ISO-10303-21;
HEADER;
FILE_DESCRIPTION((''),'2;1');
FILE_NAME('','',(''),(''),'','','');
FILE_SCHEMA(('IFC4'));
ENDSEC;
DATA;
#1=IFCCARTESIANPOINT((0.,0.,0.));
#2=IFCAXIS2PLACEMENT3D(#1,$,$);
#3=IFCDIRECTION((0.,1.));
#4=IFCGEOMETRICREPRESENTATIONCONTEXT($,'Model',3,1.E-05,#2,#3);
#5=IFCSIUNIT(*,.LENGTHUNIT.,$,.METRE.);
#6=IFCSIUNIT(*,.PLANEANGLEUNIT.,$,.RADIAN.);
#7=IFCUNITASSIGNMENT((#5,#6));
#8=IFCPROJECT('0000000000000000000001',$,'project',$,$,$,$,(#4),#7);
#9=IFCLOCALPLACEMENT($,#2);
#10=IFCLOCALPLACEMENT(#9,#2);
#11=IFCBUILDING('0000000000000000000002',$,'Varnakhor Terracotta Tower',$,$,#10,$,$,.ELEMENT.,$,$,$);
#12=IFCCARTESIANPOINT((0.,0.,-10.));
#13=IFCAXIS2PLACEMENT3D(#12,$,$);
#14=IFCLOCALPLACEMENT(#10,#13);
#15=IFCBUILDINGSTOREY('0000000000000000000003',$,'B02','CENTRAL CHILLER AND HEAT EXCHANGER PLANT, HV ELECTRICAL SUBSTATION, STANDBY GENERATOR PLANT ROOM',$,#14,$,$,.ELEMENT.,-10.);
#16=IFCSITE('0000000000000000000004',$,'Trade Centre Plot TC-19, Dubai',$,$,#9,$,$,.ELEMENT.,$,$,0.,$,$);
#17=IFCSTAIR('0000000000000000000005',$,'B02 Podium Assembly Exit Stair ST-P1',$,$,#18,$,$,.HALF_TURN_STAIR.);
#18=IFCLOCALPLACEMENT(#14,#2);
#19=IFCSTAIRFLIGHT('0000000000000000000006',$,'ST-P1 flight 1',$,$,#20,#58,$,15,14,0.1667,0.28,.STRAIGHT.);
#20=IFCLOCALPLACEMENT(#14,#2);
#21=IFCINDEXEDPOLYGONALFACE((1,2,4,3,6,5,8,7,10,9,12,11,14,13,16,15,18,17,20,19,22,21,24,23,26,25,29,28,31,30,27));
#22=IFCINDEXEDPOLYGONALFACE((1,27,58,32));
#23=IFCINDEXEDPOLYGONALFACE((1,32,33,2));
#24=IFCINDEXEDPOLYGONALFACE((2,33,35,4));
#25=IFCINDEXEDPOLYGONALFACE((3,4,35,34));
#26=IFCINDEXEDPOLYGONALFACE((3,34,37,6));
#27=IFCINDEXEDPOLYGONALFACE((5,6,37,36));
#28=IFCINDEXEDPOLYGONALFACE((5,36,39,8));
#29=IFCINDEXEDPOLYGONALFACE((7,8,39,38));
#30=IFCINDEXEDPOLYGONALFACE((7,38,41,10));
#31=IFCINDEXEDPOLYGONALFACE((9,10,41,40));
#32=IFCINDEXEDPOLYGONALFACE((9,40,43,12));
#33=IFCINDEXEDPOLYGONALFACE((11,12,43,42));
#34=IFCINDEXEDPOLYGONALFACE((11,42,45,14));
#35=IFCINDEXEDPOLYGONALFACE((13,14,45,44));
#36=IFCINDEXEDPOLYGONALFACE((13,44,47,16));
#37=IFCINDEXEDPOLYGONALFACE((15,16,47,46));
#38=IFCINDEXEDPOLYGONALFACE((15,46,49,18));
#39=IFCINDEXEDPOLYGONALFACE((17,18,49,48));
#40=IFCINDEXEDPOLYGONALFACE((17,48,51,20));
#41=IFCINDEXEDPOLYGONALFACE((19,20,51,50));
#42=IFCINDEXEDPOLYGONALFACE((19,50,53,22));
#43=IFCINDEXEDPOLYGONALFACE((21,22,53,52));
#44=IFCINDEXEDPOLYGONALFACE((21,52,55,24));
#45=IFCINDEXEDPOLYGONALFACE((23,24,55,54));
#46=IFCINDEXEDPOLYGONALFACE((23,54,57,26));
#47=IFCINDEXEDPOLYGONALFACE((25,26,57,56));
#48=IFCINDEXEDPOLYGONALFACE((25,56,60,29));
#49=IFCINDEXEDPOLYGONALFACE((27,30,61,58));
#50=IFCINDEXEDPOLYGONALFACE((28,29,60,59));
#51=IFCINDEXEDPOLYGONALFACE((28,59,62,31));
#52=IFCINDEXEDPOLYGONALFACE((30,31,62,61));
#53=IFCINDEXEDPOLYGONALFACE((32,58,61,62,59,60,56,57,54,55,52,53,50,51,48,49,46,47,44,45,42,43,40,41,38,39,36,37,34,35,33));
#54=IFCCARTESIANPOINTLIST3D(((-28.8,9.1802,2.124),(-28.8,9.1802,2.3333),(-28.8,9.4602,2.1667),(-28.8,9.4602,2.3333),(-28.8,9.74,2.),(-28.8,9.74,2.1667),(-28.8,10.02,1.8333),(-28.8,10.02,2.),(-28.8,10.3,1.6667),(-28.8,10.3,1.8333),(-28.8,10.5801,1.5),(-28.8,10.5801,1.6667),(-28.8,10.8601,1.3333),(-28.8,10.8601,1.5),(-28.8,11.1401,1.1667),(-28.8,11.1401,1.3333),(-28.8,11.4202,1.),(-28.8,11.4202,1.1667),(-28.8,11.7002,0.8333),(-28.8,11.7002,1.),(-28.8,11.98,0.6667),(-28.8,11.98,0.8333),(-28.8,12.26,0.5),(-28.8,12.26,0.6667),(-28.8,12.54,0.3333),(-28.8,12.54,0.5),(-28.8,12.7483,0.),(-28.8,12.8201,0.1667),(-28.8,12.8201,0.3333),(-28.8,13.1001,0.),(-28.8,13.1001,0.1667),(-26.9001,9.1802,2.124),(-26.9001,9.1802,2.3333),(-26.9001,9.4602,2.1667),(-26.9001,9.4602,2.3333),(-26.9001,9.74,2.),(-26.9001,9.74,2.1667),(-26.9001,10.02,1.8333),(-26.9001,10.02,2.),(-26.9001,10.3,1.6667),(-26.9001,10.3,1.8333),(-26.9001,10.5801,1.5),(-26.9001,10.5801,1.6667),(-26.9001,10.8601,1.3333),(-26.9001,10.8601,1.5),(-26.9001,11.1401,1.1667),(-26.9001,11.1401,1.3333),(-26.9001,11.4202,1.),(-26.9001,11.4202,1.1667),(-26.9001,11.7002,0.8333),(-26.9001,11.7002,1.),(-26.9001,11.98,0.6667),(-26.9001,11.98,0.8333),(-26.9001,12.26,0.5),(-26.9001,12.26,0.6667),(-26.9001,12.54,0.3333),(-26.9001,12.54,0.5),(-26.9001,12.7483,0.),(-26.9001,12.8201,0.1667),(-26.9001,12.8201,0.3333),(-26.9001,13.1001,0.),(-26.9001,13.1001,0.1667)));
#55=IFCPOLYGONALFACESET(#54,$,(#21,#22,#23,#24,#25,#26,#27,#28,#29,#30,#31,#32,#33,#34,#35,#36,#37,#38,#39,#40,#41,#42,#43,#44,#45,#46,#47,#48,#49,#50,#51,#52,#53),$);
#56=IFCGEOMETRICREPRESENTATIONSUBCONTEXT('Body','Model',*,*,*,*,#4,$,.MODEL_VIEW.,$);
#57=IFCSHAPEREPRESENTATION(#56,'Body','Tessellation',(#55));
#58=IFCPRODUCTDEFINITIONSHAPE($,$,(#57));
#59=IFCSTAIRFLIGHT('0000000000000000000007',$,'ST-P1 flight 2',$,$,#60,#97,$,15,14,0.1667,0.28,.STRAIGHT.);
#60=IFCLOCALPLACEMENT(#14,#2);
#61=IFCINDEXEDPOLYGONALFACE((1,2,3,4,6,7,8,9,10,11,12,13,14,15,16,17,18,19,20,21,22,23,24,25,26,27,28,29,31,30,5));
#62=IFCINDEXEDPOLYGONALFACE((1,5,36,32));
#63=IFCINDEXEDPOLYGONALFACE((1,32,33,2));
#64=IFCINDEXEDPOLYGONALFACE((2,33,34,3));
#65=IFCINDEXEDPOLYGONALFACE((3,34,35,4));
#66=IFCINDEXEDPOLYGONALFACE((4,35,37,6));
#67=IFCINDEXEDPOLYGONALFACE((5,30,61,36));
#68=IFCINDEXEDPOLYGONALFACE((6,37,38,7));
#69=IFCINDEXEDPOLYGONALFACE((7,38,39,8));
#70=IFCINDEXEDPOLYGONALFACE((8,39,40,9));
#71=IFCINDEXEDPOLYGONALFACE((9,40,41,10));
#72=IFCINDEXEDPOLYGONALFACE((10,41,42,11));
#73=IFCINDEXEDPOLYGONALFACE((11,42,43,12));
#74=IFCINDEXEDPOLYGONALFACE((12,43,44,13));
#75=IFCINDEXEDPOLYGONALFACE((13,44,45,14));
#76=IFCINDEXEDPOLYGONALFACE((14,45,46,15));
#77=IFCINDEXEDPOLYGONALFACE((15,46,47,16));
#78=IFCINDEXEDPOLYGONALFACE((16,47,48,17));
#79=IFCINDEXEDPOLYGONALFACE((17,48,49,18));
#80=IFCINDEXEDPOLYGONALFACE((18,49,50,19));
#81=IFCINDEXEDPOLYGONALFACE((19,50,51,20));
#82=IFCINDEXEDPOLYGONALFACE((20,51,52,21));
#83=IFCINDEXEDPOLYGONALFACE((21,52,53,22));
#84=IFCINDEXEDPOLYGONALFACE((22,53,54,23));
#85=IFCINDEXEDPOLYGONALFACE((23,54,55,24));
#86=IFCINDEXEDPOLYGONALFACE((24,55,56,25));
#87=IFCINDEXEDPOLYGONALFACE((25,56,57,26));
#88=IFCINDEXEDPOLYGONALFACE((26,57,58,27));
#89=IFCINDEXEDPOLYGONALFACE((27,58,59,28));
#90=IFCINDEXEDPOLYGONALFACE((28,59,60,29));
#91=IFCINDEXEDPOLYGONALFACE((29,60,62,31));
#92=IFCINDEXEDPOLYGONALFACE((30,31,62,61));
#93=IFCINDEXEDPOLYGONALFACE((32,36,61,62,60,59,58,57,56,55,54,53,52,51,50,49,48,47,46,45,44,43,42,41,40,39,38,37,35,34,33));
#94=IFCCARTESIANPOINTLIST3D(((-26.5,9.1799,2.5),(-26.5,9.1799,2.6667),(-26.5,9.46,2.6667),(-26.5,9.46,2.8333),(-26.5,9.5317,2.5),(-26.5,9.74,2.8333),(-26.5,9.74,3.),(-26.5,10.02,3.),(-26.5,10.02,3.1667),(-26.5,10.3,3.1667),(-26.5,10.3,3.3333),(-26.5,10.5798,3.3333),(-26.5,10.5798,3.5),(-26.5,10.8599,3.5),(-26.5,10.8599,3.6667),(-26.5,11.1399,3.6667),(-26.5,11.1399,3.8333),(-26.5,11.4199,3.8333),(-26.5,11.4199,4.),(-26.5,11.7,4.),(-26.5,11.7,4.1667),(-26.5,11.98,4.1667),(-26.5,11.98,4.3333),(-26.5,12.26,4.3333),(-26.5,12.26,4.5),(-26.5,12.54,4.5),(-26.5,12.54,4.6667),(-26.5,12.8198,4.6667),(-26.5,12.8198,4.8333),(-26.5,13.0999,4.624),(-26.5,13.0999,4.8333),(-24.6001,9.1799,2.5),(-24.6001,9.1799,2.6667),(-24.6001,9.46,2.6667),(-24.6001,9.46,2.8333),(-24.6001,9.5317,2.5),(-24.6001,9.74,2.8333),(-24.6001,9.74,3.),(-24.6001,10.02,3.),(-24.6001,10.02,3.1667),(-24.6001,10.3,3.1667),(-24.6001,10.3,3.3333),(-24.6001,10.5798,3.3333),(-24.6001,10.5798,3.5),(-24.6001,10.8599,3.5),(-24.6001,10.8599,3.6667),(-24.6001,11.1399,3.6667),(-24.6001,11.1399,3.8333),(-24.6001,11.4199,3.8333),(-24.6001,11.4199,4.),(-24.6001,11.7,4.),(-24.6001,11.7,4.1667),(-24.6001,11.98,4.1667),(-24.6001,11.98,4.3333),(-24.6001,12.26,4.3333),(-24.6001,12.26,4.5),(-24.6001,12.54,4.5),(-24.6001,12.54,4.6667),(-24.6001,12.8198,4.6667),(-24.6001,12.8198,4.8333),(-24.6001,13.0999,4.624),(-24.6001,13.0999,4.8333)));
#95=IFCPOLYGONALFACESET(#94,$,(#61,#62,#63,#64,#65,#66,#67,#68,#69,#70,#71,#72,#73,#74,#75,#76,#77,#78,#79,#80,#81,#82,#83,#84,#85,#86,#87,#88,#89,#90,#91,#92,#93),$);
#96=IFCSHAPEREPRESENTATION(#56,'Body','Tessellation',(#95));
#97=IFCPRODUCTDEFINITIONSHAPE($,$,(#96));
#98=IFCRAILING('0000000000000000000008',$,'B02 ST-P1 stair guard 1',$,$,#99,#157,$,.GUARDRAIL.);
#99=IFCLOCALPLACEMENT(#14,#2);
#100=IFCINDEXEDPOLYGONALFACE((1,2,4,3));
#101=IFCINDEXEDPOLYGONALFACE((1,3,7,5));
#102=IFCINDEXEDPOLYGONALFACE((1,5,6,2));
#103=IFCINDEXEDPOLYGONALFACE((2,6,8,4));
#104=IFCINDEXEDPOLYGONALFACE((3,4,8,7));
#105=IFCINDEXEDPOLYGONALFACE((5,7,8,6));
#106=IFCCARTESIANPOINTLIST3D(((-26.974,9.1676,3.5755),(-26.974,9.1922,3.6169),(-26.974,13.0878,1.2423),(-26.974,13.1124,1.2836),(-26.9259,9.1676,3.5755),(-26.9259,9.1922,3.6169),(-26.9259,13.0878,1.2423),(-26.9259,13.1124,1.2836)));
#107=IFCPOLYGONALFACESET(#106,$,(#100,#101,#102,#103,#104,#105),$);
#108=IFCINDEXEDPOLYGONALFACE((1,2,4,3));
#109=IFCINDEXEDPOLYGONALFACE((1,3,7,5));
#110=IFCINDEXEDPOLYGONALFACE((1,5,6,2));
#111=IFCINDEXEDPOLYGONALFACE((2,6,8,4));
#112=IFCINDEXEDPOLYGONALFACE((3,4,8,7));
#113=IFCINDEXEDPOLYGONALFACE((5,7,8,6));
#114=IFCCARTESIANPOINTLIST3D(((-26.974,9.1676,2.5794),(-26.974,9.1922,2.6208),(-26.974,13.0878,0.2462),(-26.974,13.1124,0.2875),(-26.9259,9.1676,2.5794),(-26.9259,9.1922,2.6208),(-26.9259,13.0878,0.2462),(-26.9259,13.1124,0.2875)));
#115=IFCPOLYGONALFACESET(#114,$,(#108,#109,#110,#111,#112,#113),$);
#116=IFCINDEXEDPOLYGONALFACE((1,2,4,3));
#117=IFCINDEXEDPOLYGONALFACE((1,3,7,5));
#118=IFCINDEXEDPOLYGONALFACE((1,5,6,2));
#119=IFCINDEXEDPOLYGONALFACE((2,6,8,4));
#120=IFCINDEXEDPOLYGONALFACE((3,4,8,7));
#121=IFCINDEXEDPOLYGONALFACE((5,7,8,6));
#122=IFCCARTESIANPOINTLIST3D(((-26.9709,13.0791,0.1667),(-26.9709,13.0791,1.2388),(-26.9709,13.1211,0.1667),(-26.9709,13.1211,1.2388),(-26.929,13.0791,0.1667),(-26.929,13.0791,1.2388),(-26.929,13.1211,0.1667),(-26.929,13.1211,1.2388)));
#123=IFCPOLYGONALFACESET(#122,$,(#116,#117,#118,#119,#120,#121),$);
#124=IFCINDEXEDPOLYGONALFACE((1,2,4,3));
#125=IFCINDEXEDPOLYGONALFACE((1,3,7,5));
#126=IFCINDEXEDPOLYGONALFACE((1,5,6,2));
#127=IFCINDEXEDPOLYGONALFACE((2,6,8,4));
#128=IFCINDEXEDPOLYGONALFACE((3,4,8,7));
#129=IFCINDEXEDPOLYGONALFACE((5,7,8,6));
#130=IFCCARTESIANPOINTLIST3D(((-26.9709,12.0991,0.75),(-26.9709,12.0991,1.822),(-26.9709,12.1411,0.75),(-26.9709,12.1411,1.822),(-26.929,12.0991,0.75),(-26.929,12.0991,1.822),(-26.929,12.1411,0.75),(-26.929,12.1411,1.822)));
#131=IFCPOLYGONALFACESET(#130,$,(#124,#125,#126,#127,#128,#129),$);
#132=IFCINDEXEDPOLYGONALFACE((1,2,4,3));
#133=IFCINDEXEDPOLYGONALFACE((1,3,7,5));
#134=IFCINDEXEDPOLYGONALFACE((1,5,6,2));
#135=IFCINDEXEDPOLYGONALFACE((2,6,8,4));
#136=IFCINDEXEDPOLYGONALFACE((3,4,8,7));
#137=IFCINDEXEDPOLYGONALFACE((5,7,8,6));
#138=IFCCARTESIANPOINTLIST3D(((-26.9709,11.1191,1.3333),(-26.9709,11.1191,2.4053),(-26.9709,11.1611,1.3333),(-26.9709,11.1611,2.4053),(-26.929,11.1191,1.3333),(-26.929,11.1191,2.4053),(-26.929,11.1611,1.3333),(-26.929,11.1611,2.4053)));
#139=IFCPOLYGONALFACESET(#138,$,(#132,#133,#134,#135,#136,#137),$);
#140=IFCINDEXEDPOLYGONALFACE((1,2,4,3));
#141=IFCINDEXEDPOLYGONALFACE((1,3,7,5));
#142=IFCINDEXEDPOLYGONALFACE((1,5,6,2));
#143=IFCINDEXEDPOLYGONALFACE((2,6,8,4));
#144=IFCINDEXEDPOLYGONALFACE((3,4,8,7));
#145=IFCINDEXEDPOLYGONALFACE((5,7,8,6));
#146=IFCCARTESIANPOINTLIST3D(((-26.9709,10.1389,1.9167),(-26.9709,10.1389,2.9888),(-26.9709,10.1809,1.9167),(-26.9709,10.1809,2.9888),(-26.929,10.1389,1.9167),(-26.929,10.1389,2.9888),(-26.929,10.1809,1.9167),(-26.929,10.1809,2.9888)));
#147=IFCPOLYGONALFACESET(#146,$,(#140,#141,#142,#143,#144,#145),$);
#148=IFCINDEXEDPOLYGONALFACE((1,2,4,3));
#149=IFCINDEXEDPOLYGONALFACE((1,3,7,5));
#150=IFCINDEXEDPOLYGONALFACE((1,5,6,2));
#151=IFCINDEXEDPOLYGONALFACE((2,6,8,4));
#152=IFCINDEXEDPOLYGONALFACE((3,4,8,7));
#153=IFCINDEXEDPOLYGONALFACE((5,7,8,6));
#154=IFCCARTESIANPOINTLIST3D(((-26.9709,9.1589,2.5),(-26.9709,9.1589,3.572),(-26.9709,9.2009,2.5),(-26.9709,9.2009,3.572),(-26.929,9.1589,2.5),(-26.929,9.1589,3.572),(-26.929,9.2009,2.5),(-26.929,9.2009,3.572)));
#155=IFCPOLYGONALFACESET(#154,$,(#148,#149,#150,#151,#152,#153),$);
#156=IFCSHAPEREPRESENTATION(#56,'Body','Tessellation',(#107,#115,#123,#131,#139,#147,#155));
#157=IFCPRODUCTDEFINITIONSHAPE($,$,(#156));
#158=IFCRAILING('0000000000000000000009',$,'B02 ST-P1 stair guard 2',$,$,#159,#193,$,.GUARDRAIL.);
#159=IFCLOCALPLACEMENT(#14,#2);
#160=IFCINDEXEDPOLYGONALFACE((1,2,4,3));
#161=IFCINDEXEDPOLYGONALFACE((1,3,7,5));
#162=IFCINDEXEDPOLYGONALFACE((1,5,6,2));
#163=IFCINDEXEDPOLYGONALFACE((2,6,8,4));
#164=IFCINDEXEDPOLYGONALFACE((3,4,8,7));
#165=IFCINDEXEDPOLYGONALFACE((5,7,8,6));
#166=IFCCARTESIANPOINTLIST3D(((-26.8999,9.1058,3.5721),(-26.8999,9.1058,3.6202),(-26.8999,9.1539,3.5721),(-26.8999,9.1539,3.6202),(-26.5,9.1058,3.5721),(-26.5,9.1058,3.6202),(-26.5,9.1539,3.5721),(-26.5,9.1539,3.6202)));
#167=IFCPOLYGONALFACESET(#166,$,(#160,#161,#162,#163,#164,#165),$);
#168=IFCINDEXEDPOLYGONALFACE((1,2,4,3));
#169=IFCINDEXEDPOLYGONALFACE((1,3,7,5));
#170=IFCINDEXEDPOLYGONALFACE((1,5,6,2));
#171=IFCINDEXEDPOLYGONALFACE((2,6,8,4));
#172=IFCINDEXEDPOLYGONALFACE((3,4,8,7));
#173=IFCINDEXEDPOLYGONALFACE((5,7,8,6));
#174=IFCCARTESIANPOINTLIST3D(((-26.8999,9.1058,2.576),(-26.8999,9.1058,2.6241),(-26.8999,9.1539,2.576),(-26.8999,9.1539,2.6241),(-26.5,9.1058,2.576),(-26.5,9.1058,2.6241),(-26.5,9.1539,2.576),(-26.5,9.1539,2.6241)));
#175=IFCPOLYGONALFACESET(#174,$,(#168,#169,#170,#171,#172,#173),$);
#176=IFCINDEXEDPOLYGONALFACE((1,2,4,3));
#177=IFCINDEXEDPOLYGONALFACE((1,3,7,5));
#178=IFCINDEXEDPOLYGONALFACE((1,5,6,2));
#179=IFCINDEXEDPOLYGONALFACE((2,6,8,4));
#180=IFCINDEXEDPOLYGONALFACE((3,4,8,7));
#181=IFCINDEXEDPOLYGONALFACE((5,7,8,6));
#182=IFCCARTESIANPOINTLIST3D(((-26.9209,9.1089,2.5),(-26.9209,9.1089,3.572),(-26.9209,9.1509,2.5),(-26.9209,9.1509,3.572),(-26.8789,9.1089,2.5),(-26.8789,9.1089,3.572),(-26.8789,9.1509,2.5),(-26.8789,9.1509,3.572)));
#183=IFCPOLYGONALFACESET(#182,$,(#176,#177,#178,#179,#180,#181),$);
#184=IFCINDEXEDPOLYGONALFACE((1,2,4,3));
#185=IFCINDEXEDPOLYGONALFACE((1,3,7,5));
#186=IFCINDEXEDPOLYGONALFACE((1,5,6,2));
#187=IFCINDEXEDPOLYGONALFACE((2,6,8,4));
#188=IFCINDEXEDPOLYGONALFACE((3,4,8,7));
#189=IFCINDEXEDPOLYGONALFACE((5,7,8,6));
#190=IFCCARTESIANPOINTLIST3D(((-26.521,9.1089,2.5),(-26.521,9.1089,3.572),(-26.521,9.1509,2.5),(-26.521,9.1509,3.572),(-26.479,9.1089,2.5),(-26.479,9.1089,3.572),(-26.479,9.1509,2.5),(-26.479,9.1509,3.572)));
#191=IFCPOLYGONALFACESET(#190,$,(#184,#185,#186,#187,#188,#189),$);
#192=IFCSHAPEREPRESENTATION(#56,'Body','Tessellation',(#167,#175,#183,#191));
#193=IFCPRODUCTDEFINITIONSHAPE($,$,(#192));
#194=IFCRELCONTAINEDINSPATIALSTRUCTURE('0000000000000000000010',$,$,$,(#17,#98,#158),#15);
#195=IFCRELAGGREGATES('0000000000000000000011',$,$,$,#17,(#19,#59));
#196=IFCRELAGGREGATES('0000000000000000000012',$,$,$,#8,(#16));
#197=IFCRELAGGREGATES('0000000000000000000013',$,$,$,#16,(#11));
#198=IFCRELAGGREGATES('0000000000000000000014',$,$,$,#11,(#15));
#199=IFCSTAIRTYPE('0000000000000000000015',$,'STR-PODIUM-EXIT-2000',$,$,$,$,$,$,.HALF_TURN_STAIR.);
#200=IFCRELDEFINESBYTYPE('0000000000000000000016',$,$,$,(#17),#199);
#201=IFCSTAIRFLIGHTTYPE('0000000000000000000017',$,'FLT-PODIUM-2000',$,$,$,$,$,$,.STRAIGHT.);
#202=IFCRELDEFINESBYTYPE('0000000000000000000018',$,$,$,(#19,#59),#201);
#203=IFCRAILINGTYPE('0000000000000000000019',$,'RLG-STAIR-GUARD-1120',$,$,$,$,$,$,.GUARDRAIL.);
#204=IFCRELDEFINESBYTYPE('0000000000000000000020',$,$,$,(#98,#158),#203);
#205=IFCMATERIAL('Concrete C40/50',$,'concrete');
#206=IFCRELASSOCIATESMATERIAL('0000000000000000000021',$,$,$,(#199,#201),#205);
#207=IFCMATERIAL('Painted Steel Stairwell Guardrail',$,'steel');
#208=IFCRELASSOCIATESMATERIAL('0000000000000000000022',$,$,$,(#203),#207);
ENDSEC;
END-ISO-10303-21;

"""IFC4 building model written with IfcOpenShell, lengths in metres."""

from ifc_helpers import new_model, si_unit, direction, frame, origin, origin_2d, place, context, subcontext, project, spatial, polyline, rectangle, outline, extrude, material, type_object, element, aggregate, save


model = new_model("IFC4")

# Units and contexts
model_context = context("Model", 3, precision=1e-05, world=origin(), true_north=direction((0.0, 1.0)))
body_context = subcontext(model_context, "Body", "Model", "MODEL_VIEW")
ifc_project = project(units=[si_unit("LENGTHUNIT", "METRE"), si_unit("PLANEANGLEUNIT", "RADIAN")], contexts=[model_context])

# Site, building, storey
site_placement = place(None, origin())
site = spatial("IfcSite", under=ifc_project, at=site_placement, Name="Trade Centre Plot TC-19, Dubai", CompositionType="ELEMENT", RefElevation=0.0)
building_placement = place(site_placement, origin())
building = spatial("IfcBuilding", under=site, at=building_placement, Name="Varnakhor Terracotta Tower", CompositionType="ELEMENT")
storey_placement = place(building_placement, frame((0.0, 0.0, -10.0)))
storey = spatial("IfcBuildingStorey", under=building, at=storey_placement, Name="B02", Description="CENTRAL CHILLER AND HEAT EXCHANGER PLANT, HV ELECTRICAL SUBSTATION, STANDBY GENERATOR PLANT ROOM", CompositionType="ELEMENT", Elevation=-10.0)

# Shared definitions
ifc_material_1 = material(Name="Concrete C40/50", Category="concrete")

# Stair, stair flights
stair_type = type_object("IfcStairType", Name="STR-PODIUM-EXIT-2000", PredefinedType="HALF_TURN_STAIR", material=ifc_material_1)
stair_placement = place(storey_placement, origin())
stair = element("IfcStair", 1, at=stair_placement, inside=storey, type_object=stair_type, Name="B02 Podium Assembly Exit Stair ST-P1", PredefinedType="HALF_TURN_STAIR")
stair_flight_type = type_object("IfcStairFlightType", Name="FLT-PODIUM-2000", PredefinedType="STRAIGHT", material=ifc_material_1)
stair_flight_1_placement = place(storey_placement, frame((-27.8501, 13.1001, 0.0), z_axis=(0.0, 0.0, 1.0), x_axis=(0.0, -1.0, 0.0)))
stair_flight_1 = element("IfcStairFlight", 2, at=stair_flight_1_placement, type_object=stair_flight_type, Name="ST-P1 flight 1", NumberOfRisers=15, NumberOfTreads=14, PredefinedType="STRAIGHT", RiserHeight=0.1667, TreadLength=0.28, context=body_context, shape_type="SweptSolid", body=[
    extrude(outline(polyline([(0.0, 0.0), (0.0, 0.1667), (0.28, 0.1667), (0.28, 0.3333), (0.5601, 0.3333), (0.5601, 0.5), (0.8401, 0.5), (0.8401, 0.6667), (1.1201, 0.6667), (1.1201, 0.8333), (1.3999, 0.8333), (1.3999, 1.0), (1.6799, 1.0), (1.6799, 1.1667), (1.96, 1.1667), (1.96, 1.3333), (2.24, 1.3333), (2.24, 1.5), (2.52, 1.5), (2.52, 1.6667), (2.8, 1.6667), (2.8, 1.8333), (3.0801, 1.8333), (3.0801, 2.0), (3.3601, 2.0), (3.3601, 2.1667), (3.6399, 2.1667), (3.6399, 2.3333), (3.9199, 2.3333), (3.9199, 2.5), (3.9199, 2.124), (0.3518, 0.0), (0.0, 0.0)])), frame((0.0, 0.95, 0.0), z_axis=(0.0, -1.0, 0.0), x_axis=(1.0, 0.0, 0.0)), (0.0, 0.0, 1.0), 1.8999),
])
stair_flight_2_placement = place(storey_placement, frame((-25.55, 9.1799, 2.5), z_axis=(0.0, 0.0, 1.0), x_axis=(0.0, 1.0, 0.0)))
stair_flight_2 = element("IfcStairFlight", 3, at=stair_flight_2_placement, type_object=stair_flight_type, Name="ST-P1 flight 2", NumberOfRisers=15, NumberOfTreads=14, PredefinedType="STRAIGHT", RiserHeight=0.1667, TreadLength=0.28, context=body_context, shape_type="SweptSolid", body=[
    extrude(outline(polyline([(0.0, 0.0), (0.0, 0.1667), (0.28, 0.1667), (0.28, 0.3333), (0.5601, 0.3333), (0.5601, 0.5), (0.8401, 0.5), (0.8401, 0.6667), (1.1201, 0.6667), (1.1201, 0.8333), (1.3999, 0.8333), (1.3999, 1.0), (1.6799, 1.0), (1.6799, 1.1667), (1.96, 1.1667), (1.96, 1.3333), (2.24, 1.3333), (2.24, 1.5), (2.52, 1.5), (2.52, 1.6667), (2.8, 1.6667), (2.8, 1.8333), (3.0801, 1.8333), (3.0801, 2.0), (3.3601, 2.0), (3.3601, 2.1667), (3.6399, 2.1667), (3.6399, 2.3333), (3.9199, 2.3333), (3.9199, 2.5), (3.9199, 2.124), (0.3518, 0.0), (0.0, 0.0)])), frame((0.0, 0.95, 0.0), z_axis=(0.0, -1.0, 0.0), x_axis=(1.0, 0.0, 0.0)), (0.0, 0.0, 1.0), 1.8999),
])
aggregate(stair, [stair_flight_1, stair_flight_2])

# Railings
ifc_material_2 = material(Name="Painted Steel Stairwell Guardrail", Category="steel")
railing_type_1 = type_object("IfcRailingType", Name="RLG-STAIR-GUARD-1120", PredefinedType="GUARDRAIL", material=ifc_material_2)
railing_1_placement = place(storey_placement, frame((-26.95, 13.1001, 0.1667)))
element("IfcRailing", 4, at=railing_1_placement, inside=storey, type_object=railing_type_1, Name="B02 ST-P1 stair guard 1", PredefinedType="GUARDRAIL", context=body_context, shape_type="SweptSolid", body=[
    extrude(rectangle(XDim=0.0481, YDim=0.0481, at=origin_2d()), frame((0.0, 0.0, 1.0962), z_axis=(0.0, -0.85931, 0.511455), x_axis=(1.0, 0.0, 0.0)), (0.0, 0.0, 1.0), 4.562),
    extrude(rectangle(XDim=0.0481, YDim=0.0481, at=origin_2d()), frame((0.0, 0.0, 0.1001), z_axis=(0.0, -0.85931, 0.511455), x_axis=(1.0, 0.0, 0.0)), (0.0, 0.0, 1.0), 4.562),
    extrude(rectangle(XDim=0.042, YDim=0.042, at=origin_2d()), origin(), (0.0, 0.0, 1.0), 1.072),
    extrude(rectangle(XDim=0.042, YDim=0.042, at=origin_2d()), frame((0.0, -0.98, 0.5833)), (0.0, 0.0, 1.0), 1.072),
    extrude(rectangle(XDim=0.042, YDim=0.042, at=origin_2d()), frame((0.0, -1.96, 1.1665)), (0.0, 0.0, 1.0), 1.072),
    extrude(rectangle(XDim=0.042, YDim=0.042, at=origin_2d()), frame((0.0, -2.9402, 1.75)), (0.0, 0.0, 1.0), 1.072),
    extrude(rectangle(XDim=0.042, YDim=0.042, at=origin_2d()), frame((0.0, -3.9202, 2.3333)), (0.0, 0.0, 1.0), 1.072),
])
railing_2_placement = place(storey_placement, frame((-26.8999, 9.1299, 2.5)))
element("IfcRailing", 5, at=railing_2_placement, inside=storey, type_object=railing_type_1, Name="B02 ST-P1 stair guard 2", PredefinedType="GUARDRAIL", context=body_context, shape_type="SweptSolid", body=[
    extrude(rectangle(XDim=0.0481, YDim=0.0481, at=origin_2d()), frame((0.0, 0.0, 1.0962), z_axis=(1.0, 0.0, 0.0), x_axis=(0.0, 1.0, 0.0)), (0.0, 0.0, 1.0), 0.3999),
    extrude(rectangle(XDim=0.0481, YDim=0.0481, at=origin_2d()), frame((0.0, 0.0, 0.1001), z_axis=(1.0, 0.0, 0.0), x_axis=(0.0, 1.0, 0.0)), (0.0, 0.0, 1.0), 0.3999),
    extrude(rectangle(XDim=0.042, YDim=0.042, at=origin_2d()), origin(), (0.0, 0.0, 1.0), 1.072),
    extrude(rectangle(XDim=0.042, YDim=0.042, at=origin_2d()), frame((0.3999, 0.0, 0.0)), (0.0, 0.0, 1.0), 1.072),
])

save(model, "model.ifc")
